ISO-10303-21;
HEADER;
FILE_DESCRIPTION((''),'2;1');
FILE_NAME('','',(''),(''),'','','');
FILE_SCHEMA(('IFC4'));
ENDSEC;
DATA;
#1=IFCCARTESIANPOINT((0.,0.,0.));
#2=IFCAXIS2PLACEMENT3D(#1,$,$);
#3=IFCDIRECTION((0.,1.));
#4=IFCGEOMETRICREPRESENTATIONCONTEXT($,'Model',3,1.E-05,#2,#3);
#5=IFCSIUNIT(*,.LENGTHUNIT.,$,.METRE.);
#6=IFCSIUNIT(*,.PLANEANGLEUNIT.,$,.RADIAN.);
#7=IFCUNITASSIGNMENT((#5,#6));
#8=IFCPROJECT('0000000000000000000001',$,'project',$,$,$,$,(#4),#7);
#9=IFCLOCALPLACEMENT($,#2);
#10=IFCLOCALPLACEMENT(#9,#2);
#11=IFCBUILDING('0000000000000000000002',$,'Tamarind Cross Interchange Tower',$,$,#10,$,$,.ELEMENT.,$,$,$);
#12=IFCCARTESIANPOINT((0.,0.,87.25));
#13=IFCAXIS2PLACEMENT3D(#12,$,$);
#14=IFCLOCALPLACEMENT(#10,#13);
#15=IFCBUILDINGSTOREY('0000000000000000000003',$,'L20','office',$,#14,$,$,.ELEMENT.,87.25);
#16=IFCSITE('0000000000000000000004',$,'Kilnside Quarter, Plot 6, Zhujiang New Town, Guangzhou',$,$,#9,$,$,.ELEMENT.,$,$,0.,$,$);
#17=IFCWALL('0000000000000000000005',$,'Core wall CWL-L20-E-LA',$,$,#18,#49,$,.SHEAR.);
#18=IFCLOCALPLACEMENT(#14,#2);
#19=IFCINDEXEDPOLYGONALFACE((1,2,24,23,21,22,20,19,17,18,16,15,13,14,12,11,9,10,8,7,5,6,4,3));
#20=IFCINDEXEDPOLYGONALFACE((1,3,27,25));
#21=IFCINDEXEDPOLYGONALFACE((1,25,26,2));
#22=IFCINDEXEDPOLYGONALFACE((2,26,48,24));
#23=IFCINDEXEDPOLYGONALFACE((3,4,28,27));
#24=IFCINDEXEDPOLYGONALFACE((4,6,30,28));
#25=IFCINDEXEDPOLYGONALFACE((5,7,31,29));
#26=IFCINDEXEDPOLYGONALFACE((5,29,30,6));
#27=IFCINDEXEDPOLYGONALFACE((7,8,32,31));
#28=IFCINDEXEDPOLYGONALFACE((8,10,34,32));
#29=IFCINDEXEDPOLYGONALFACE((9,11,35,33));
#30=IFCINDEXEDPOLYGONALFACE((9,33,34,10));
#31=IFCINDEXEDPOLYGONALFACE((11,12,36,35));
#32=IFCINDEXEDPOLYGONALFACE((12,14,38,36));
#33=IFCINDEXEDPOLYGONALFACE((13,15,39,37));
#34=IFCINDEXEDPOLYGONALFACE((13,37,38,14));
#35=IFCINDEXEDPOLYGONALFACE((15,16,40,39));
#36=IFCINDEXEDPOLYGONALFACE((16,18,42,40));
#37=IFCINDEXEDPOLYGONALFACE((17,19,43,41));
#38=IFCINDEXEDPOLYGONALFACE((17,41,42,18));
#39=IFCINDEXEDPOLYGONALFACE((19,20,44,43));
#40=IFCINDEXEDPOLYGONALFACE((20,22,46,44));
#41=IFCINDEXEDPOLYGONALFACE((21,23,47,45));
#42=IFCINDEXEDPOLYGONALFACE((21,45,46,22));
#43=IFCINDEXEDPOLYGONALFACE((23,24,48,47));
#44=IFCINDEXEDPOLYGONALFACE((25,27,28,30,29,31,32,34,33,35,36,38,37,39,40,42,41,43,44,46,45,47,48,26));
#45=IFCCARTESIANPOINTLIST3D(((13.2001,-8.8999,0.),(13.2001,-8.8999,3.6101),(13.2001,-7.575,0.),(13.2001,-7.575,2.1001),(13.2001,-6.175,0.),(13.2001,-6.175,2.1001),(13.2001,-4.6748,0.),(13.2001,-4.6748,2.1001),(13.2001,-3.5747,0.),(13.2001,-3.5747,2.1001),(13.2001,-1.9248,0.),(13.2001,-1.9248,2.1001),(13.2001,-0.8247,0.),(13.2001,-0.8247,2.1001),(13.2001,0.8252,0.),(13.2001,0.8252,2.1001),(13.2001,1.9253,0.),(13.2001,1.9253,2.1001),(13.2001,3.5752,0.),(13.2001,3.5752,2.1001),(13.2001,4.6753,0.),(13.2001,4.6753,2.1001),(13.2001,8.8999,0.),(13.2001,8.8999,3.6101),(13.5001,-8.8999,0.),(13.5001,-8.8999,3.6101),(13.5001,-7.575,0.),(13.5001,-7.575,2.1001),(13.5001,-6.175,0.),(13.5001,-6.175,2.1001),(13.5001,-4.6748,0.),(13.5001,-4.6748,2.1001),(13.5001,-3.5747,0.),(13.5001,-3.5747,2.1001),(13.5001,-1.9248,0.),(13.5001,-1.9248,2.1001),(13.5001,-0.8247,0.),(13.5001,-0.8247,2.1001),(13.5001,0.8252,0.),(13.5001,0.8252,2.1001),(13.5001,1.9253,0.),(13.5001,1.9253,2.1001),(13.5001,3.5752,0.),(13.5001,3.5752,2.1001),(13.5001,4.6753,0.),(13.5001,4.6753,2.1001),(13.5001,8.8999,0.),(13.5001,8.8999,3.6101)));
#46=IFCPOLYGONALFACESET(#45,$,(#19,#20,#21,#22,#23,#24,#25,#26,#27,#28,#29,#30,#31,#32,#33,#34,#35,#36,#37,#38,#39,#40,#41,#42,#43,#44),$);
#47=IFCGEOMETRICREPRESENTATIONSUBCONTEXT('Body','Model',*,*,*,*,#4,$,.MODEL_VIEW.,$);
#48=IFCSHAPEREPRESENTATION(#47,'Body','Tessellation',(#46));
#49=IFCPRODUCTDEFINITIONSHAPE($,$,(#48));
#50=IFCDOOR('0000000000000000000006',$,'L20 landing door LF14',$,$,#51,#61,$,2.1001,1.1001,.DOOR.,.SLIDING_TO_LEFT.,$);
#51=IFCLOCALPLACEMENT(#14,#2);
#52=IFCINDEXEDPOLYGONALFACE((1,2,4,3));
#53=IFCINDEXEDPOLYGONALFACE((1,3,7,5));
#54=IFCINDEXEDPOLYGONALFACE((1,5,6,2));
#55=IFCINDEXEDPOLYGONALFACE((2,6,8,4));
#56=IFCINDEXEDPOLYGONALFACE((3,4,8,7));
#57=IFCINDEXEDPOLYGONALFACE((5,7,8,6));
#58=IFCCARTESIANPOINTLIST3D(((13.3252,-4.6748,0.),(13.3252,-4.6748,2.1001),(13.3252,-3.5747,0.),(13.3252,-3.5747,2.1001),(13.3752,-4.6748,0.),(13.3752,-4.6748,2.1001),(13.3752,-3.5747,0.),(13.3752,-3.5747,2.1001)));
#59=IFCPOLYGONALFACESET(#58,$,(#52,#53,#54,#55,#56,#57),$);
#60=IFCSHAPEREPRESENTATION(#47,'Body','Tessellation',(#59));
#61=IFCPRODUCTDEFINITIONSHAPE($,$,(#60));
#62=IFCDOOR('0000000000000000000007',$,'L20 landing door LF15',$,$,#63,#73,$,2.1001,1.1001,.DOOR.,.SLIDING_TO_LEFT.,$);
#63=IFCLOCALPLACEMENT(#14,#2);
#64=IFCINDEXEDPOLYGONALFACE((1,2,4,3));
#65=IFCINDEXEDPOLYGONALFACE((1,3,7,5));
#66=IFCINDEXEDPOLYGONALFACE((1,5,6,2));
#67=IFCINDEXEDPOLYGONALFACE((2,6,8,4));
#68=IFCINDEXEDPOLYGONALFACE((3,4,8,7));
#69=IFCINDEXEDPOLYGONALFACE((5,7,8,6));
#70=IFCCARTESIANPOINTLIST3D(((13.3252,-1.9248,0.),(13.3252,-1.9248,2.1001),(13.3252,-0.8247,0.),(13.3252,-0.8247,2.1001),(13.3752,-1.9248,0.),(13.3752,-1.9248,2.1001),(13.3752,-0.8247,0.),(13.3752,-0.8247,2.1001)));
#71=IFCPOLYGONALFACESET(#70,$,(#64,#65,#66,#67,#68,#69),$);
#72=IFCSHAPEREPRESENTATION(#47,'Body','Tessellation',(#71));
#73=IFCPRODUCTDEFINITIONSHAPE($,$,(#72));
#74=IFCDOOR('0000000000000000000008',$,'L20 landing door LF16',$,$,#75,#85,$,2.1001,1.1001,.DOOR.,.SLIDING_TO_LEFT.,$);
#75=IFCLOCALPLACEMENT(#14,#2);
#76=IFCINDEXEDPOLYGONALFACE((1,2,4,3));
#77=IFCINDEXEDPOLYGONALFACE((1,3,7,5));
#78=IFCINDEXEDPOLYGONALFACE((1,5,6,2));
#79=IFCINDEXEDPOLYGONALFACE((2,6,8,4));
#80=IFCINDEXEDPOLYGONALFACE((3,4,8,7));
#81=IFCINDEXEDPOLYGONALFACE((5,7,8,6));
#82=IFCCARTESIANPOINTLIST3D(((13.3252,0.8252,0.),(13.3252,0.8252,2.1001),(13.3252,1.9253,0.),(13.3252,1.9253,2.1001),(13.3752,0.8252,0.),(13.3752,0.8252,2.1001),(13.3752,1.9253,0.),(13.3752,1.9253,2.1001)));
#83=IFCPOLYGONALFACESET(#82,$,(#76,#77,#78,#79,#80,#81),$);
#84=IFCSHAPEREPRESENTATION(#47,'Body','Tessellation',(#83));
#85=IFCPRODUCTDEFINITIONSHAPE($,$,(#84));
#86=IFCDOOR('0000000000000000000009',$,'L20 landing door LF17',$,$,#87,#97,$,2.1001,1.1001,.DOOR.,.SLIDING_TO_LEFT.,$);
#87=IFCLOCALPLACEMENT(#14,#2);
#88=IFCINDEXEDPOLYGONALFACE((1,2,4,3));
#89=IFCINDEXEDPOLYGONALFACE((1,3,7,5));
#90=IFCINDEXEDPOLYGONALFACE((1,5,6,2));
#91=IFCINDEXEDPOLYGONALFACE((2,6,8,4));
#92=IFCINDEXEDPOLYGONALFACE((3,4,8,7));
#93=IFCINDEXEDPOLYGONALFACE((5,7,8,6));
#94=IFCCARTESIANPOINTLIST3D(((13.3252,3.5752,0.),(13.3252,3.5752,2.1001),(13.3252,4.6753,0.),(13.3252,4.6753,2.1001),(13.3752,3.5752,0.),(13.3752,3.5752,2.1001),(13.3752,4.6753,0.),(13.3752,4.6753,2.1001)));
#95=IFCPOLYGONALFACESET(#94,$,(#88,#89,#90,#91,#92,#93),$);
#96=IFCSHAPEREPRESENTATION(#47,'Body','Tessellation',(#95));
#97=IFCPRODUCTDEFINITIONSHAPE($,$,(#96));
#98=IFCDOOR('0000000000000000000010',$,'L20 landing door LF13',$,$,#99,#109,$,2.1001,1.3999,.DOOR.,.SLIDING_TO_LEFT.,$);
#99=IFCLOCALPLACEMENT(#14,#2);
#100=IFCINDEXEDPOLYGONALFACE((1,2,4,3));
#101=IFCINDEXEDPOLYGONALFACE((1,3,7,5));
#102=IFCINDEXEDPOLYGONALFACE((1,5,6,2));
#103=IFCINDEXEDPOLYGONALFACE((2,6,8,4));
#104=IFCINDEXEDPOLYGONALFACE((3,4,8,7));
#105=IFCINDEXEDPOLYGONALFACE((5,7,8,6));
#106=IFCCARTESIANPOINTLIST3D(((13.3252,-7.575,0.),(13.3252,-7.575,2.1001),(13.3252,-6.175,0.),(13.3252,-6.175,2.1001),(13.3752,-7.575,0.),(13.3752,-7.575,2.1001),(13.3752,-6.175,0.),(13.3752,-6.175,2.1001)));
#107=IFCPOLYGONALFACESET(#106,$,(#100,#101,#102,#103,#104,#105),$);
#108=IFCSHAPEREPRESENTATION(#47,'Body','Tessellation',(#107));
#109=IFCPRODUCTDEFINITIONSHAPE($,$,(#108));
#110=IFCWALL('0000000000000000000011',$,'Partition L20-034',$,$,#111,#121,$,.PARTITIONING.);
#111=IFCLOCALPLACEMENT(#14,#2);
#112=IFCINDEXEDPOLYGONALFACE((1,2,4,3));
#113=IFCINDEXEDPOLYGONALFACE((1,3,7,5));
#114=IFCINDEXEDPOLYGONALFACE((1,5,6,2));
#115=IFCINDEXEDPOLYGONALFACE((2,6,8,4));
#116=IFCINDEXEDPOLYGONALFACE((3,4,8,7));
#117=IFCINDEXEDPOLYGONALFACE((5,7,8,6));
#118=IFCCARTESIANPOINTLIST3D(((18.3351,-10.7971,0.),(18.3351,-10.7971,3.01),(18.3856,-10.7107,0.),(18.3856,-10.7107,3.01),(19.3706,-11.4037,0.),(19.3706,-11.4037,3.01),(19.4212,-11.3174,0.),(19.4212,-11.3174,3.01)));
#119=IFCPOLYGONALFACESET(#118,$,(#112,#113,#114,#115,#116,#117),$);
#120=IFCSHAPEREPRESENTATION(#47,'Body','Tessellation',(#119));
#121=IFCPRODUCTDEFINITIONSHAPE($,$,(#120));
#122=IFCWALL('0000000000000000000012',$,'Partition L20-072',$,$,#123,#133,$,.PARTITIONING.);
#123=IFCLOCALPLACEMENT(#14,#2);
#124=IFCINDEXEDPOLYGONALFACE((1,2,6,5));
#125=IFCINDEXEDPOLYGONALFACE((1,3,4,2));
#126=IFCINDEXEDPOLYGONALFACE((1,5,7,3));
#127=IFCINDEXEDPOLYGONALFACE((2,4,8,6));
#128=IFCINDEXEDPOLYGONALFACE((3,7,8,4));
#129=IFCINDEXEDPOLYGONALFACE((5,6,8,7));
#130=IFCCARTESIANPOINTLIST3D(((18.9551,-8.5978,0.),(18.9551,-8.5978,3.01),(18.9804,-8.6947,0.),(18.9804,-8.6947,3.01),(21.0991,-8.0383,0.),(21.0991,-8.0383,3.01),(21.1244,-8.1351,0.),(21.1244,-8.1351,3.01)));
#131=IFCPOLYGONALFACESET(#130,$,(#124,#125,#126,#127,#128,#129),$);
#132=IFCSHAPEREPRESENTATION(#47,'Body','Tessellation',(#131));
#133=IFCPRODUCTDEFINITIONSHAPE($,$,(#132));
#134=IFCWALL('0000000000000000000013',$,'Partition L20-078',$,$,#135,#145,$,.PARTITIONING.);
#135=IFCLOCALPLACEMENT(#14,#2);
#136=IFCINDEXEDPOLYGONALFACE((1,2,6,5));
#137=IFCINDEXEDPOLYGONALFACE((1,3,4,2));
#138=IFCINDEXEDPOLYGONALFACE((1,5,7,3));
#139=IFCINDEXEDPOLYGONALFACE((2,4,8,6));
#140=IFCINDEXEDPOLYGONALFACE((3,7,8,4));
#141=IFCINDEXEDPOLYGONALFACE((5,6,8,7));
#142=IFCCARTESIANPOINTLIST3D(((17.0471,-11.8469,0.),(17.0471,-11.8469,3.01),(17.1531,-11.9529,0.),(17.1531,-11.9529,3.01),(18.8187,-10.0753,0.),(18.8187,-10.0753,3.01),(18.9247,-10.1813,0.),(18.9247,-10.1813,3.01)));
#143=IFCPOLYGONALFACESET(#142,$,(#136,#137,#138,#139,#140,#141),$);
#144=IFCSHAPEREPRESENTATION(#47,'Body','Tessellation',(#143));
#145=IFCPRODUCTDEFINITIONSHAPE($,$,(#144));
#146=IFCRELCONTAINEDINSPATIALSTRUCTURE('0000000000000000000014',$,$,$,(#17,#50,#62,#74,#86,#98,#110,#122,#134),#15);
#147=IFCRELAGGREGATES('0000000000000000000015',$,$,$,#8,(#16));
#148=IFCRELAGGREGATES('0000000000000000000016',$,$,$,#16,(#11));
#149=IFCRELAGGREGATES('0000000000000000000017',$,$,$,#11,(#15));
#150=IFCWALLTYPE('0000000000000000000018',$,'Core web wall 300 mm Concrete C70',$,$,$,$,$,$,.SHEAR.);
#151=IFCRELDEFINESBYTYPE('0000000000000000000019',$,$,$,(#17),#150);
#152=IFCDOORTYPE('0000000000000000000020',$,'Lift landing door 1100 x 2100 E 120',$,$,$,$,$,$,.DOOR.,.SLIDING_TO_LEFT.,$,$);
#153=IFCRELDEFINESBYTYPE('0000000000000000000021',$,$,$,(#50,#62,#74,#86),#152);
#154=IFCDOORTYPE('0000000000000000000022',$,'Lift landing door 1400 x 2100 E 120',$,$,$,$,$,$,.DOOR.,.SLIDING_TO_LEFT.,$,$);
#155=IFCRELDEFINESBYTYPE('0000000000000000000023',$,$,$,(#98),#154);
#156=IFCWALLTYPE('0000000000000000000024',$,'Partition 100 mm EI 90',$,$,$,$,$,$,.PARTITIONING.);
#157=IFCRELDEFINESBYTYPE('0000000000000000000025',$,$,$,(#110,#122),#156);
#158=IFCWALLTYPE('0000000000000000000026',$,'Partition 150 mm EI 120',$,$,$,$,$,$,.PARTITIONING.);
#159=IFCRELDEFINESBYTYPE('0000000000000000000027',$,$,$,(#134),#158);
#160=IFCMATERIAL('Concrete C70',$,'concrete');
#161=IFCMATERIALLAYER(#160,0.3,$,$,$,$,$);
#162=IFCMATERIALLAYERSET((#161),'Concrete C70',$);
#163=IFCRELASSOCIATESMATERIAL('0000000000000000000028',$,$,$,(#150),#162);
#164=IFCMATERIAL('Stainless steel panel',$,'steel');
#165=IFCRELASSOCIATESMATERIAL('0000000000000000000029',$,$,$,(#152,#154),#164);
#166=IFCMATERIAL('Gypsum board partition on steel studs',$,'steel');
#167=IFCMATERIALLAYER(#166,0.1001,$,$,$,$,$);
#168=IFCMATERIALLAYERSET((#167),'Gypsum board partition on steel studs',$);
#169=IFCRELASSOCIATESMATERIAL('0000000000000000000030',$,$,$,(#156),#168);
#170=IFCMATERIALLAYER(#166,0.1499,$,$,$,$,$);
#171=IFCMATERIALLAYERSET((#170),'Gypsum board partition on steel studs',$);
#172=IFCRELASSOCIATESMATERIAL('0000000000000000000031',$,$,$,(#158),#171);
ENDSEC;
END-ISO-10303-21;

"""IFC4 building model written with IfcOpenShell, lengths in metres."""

from ifc_helpers import new_model, si_unit, direction, frame, frame_2d, origin, place, context, subcontext, project, spatial, rectangle, extrude, material, layer, layer_set, type_object, element, fill, save


model = new_model("IFC4")

# Units and contexts
model_context = context("Model", 3, precision=1e-05, world=origin(), true_north=direction((0.0, 1.0)))
body_context = subcontext(model_context, "Body", "Model", "MODEL_VIEW")
ifc_project = project(units=[si_unit("LENGTHUNIT", "METRE"), si_unit("PLANEANGLEUNIT", "RADIAN")], contexts=[model_context])

# Site, building, storey
site_placement = place(None, origin())
site = spatial("IfcSite", under=ifc_project, at=site_placement, Name="Kilnside Quarter, Plot 6, Zhujiang New Town, Guangzhou", CompositionType="ELEMENT", RefElevation=0.0)
building_placement = place(site_placement, origin())
building = spatial("IfcBuilding", under=site, at=building_placement, Name="Tamarind Cross Interchange Tower", CompositionType="ELEMENT")
storey_placement = place(building_placement, frame((0.0, 0.0, 87.25)))
storey = spatial("IfcBuildingStorey", under=building, at=storey_placement, Name="L20", Description="office", CompositionType="ELEMENT", Elevation=87.25)

# Wall, openings, doors
ifc_material_1 = material(Name="Concrete C70", Category="concrete")
ifc_layer_1 = layer(ifc_material_1, 0.3)
ifc_layer_set_1 = layer_set([ifc_layer_1], Name="Concrete C70")
wall_type_1 = type_object("IfcWallType", Name="Core web wall 300 mm Concrete C70", PredefinedType="SHEAR", material=ifc_layer_set_1)
wall_1_placement = place(storey_placement, frame((13.3501, -8.8999, 0.0), z_axis=(0.0, 0.0, 1.0), x_axis=(0.0, 1.0, 0.0)))
wall_1 = element("IfcWall", 1, at=wall_1_placement, inside=storey, type_object=wall_type_1, Name="Core wall CWL-L20-E-LA", PredefinedType="SHEAR", context=body_context, shape_type="SweptSolid", body=[
    extrude(rectangle(XDim=17.7998, YDim=0.3, at=frame_2d((8.8999, 0.0))), origin(), (0.0, 0.0, 1.0), 3.6101),
])
opening_1_placement = place(wall_1_placement, frame((1.325, 0.0, 0.0)))
opening_1 = element("IfcOpeningElement", 2, at=opening_1_placement, cuts=wall_1, PredefinedType="OPENING", context=body_context, shape_type="SweptSolid", body=[
    extrude(rectangle(XDim=1.3999, YDim=2.1001, at=frame_2d((0.7, 1.05))), frame((0.0, 0.1599, 0.0), z_axis=(0.0, -1.0, 0.0), x_axis=(1.0, 0.0, 0.0)), (0.0, 0.0, 1.0), 0.3201),
])
opening_2_placement = place(wall_1_placement, frame((4.2251, 0.0, 0.0)))
opening_2 = element("IfcOpeningElement", 3, at=opening_2_placement, cuts=wall_1, PredefinedType="OPENING", context=body_context, shape_type="SweptSolid", body=[
    extrude(rectangle(XDim=1.1001, YDim=2.1001, at=frame_2d((0.55, 1.05))), frame((0.0, 0.1599, 0.0), z_axis=(0.0, -1.0, 0.0), x_axis=(1.0, 0.0, 0.0)), (0.0, 0.0, 1.0), 0.3201),
])
opening_3_placement = place(wall_1_placement, frame((6.9751, 0.0, 0.0)))
opening_3 = element("IfcOpeningElement", 4, at=opening_3_placement, cuts=wall_1, PredefinedType="OPENING", context=body_context, shape_type="SweptSolid", body=[
    extrude(rectangle(XDim=1.1001, YDim=2.1001, at=frame_2d((0.55, 1.05))), frame((0.0, 0.1599, 0.0), z_axis=(0.0, -1.0, 0.0), x_axis=(1.0, 0.0, 0.0)), (0.0, 0.0, 1.0), 0.3201),
])
opening_4_placement = place(wall_1_placement, frame((9.7251, 0.0, 0.0)))
opening_4 = element("IfcOpeningElement", 5, at=opening_4_placement, cuts=wall_1, PredefinedType="OPENING", context=body_context, shape_type="SweptSolid", body=[
    extrude(rectangle(XDim=1.1001, YDim=2.1001, at=frame_2d((0.55, 1.05))), frame((0.0, 0.1599, 0.0), z_axis=(0.0, -1.0, 0.0), x_axis=(1.0, 0.0, 0.0)), (0.0, 0.0, 1.0), 0.3201),
])
opening_5_placement = place(wall_1_placement, frame((12.4751, 0.0, 0.0)))
opening_5 = element("IfcOpeningElement", 6, at=opening_5_placement, cuts=wall_1, PredefinedType="OPENING", context=body_context, shape_type="SweptSolid", body=[
    extrude(rectangle(XDim=1.1001, YDim=2.1001, at=frame_2d((0.55, 1.05))), frame((0.0, 0.1599, 0.0), z_axis=(0.0, -1.0, 0.0), x_axis=(1.0, 0.0, 0.0)), (0.0, 0.0, 1.0), 0.3201),
])
ifc_material_2 = material(Name="Stainless steel panel", Category="steel")
door_type_1 = type_object("IfcDoorType", Name="Lift landing door 1100 x 2100 E 120", OperationType="SLIDING_TO_LEFT", PredefinedType="DOOR", material=ifc_material_2)
door_1_placement = place(opening_2_placement, origin())
door_1 = element("IfcDoor", 7, at=door_1_placement, inside=storey, type_object=door_type_1, Name="L20 landing door LF14", OperationType="SLIDING_TO_LEFT", OverallHeight=2.1001, OverallWidth=1.1001, PredefinedType="DOOR", context=body_context, shape_type="SweptSolid", body=[
    extrude(rectangle(XDim=1.1001, YDim=2.1001, at=frame_2d((0.55, 1.05))), frame((0.0, 0.0249, 0.0), z_axis=(0.0, -1.0, 0.0), x_axis=(1.0, 0.0, 0.0)), (0.0, 0.0, 1.0), 0.05),
])
fill(opening_2, door_1)
door_2_placement = place(opening_3_placement, origin())
door_2 = element("IfcDoor", 8, at=door_2_placement, inside=storey, type_object=door_type_1, Name="L20 landing door LF15", OperationType="SLIDING_TO_LEFT", OverallHeight=2.1001, OverallWidth=1.1001, PredefinedType="DOOR", context=body_context, shape_type="SweptSolid", body=[
    extrude(rectangle(XDim=1.1001, YDim=2.1001, at=frame_2d((0.55, 1.05))), frame((0.0, 0.0249, 0.0), z_axis=(0.0, -1.0, 0.0), x_axis=(1.0, 0.0, 0.0)), (0.0, 0.0, 1.0), 0.05),
])
fill(opening_3, door_2)
door_3_placement = place(opening_4_placement, origin())
door_3 = element("IfcDoor", 9, at=door_3_placement, inside=storey, type_object=door_type_1, Name="L20 landing door LF16", OperationType="SLIDING_TO_LEFT", OverallHeight=2.1001, OverallWidth=1.1001, PredefinedType="DOOR", context=body_context, shape_type="SweptSolid", body=[
    extrude(rectangle(XDim=1.1001, YDim=2.1001, at=frame_2d((0.55, 1.05))), frame((0.0, 0.0249, 0.0), z_axis=(0.0, -1.0, 0.0), x_axis=(1.0, 0.0, 0.0)), (0.0, 0.0, 1.0), 0.05),
])
fill(opening_4, door_3)
door_4_placement = place(opening_5_placement, origin())
door_4 = element("IfcDoor", 10, at=door_4_placement, inside=storey, type_object=door_type_1, Name="L20 landing door LF17", OperationType="SLIDING_TO_LEFT", OverallHeight=2.1001, OverallWidth=1.1001, PredefinedType="DOOR", context=body_context, shape_type="SweptSolid", body=[
    extrude(rectangle(XDim=1.1001, YDim=2.1001, at=frame_2d((0.55, 1.05))), frame((0.0, 0.0249, 0.0), z_axis=(0.0, -1.0, 0.0), x_axis=(1.0, 0.0, 0.0)), (0.0, 0.0, 1.0), 0.05),
])
fill(opening_5, door_4)
door_type_2 = type_object("IfcDoorType", Name="Lift landing door 1400 x 2100 E 120", OperationType="SLIDING_TO_LEFT", PredefinedType="DOOR", material=ifc_material_2)
door_5_placement = place(opening_1_placement, origin())
door_5 = element("IfcDoor", 11, at=door_5_placement, inside=storey, type_object=door_type_2, Name="L20 landing door LF13", OperationType="SLIDING_TO_LEFT", OverallHeight=2.1001, OverallWidth=1.3999, PredefinedType="DOOR", context=body_context, shape_type="SweptSolid", body=[
    extrude(rectangle(XDim=1.3999, YDim=2.1001, at=frame_2d((0.7, 1.05))), frame((0.0, 0.0249, 0.0), z_axis=(0.0, -1.0, 0.0), x_axis=(1.0, 0.0, 0.0)), (0.0, 0.0, 1.0), 0.05),
])
fill(opening_1, door_5)

# Walls
ifc_material_3 = material(Name="Gypsum board partition on steel studs", Category="steel")
ifc_layer_2 = layer(ifc_material_3, 0.1001)
ifc_layer_set_2 = layer_set([ifc_layer_2], Name="Gypsum board partition on steel studs")
wall_type_2 = type_object("IfcWallType", Name="Partition 100 mm EI 90", PredefinedType="PARTITIONING", material=ifc_layer_set_2)
wall_2_placement = place(storey_placement, frame((18.3604, -10.7539, 0.0), z_axis=(0.0, 0.0, 1.0), x_axis=(0.862848, -0.505464, 0.0)))
element("IfcWall", 12, at=wall_2_placement, inside=storey, type_object=wall_type_2, Name="Partition L20-034", PredefinedType="PARTITIONING", context=body_context, shape_type="SweptSolid", body=[
    extrude(rectangle(XDim=1.2002, YDim=0.1001, at=frame_2d((0.6001, 0.0))), origin(), (0.0, 0.0, 1.0), 3.01),
])
wall_3_placement = place(storey_placement, frame((18.9678, -8.6462, 0.0), z_axis=(0.0, 0.0, 1.0), x_axis=(0.967589, 0.25253, 0.0)))
element("IfcWall", 13, at=wall_3_placement, inside=storey, type_object=wall_type_2, Name="Partition L20-072", PredefinedType="PARTITIONING", context=body_context, shape_type="SweptSolid", body=[
    extrude(rectangle(XDim=2.2158, YDim=0.1001, at=frame_2d((1.1079, 0.0))), origin(), (0.0, 0.0, 1.0), 3.01),
])
ifc_layer_3 = layer(ifc_material_3, 0.1499)
ifc_layer_set_3 = layer_set([ifc_layer_3], Name="Gypsum board partition on steel studs")
wall_type_3 = type_object("IfcWallType", Name="Partition 150 mm EI 120", PredefinedType="PARTITIONING", material=ifc_layer_set_3)
wall_4_placement = place(storey_placement, frame((17.1001, -11.8999, 0.0), z_axis=(0.0, 0.0, 1.0), x_axis=(0.707107, 0.707107, 0.0)))
element("IfcWall", 14, at=wall_4_placement, inside=storey, type_object=wall_type_3, Name="Partition L20-078", PredefinedType="PARTITIONING", context=body_context, shape_type="SweptSolid", body=[
    extrude(rectangle(XDim=2.5054, YDim=0.1499, at=frame_2d((1.2527, 0.0))), origin(), (0.0, 0.0, 1.0), 3.01),
])

save(model, "model.ifc")
